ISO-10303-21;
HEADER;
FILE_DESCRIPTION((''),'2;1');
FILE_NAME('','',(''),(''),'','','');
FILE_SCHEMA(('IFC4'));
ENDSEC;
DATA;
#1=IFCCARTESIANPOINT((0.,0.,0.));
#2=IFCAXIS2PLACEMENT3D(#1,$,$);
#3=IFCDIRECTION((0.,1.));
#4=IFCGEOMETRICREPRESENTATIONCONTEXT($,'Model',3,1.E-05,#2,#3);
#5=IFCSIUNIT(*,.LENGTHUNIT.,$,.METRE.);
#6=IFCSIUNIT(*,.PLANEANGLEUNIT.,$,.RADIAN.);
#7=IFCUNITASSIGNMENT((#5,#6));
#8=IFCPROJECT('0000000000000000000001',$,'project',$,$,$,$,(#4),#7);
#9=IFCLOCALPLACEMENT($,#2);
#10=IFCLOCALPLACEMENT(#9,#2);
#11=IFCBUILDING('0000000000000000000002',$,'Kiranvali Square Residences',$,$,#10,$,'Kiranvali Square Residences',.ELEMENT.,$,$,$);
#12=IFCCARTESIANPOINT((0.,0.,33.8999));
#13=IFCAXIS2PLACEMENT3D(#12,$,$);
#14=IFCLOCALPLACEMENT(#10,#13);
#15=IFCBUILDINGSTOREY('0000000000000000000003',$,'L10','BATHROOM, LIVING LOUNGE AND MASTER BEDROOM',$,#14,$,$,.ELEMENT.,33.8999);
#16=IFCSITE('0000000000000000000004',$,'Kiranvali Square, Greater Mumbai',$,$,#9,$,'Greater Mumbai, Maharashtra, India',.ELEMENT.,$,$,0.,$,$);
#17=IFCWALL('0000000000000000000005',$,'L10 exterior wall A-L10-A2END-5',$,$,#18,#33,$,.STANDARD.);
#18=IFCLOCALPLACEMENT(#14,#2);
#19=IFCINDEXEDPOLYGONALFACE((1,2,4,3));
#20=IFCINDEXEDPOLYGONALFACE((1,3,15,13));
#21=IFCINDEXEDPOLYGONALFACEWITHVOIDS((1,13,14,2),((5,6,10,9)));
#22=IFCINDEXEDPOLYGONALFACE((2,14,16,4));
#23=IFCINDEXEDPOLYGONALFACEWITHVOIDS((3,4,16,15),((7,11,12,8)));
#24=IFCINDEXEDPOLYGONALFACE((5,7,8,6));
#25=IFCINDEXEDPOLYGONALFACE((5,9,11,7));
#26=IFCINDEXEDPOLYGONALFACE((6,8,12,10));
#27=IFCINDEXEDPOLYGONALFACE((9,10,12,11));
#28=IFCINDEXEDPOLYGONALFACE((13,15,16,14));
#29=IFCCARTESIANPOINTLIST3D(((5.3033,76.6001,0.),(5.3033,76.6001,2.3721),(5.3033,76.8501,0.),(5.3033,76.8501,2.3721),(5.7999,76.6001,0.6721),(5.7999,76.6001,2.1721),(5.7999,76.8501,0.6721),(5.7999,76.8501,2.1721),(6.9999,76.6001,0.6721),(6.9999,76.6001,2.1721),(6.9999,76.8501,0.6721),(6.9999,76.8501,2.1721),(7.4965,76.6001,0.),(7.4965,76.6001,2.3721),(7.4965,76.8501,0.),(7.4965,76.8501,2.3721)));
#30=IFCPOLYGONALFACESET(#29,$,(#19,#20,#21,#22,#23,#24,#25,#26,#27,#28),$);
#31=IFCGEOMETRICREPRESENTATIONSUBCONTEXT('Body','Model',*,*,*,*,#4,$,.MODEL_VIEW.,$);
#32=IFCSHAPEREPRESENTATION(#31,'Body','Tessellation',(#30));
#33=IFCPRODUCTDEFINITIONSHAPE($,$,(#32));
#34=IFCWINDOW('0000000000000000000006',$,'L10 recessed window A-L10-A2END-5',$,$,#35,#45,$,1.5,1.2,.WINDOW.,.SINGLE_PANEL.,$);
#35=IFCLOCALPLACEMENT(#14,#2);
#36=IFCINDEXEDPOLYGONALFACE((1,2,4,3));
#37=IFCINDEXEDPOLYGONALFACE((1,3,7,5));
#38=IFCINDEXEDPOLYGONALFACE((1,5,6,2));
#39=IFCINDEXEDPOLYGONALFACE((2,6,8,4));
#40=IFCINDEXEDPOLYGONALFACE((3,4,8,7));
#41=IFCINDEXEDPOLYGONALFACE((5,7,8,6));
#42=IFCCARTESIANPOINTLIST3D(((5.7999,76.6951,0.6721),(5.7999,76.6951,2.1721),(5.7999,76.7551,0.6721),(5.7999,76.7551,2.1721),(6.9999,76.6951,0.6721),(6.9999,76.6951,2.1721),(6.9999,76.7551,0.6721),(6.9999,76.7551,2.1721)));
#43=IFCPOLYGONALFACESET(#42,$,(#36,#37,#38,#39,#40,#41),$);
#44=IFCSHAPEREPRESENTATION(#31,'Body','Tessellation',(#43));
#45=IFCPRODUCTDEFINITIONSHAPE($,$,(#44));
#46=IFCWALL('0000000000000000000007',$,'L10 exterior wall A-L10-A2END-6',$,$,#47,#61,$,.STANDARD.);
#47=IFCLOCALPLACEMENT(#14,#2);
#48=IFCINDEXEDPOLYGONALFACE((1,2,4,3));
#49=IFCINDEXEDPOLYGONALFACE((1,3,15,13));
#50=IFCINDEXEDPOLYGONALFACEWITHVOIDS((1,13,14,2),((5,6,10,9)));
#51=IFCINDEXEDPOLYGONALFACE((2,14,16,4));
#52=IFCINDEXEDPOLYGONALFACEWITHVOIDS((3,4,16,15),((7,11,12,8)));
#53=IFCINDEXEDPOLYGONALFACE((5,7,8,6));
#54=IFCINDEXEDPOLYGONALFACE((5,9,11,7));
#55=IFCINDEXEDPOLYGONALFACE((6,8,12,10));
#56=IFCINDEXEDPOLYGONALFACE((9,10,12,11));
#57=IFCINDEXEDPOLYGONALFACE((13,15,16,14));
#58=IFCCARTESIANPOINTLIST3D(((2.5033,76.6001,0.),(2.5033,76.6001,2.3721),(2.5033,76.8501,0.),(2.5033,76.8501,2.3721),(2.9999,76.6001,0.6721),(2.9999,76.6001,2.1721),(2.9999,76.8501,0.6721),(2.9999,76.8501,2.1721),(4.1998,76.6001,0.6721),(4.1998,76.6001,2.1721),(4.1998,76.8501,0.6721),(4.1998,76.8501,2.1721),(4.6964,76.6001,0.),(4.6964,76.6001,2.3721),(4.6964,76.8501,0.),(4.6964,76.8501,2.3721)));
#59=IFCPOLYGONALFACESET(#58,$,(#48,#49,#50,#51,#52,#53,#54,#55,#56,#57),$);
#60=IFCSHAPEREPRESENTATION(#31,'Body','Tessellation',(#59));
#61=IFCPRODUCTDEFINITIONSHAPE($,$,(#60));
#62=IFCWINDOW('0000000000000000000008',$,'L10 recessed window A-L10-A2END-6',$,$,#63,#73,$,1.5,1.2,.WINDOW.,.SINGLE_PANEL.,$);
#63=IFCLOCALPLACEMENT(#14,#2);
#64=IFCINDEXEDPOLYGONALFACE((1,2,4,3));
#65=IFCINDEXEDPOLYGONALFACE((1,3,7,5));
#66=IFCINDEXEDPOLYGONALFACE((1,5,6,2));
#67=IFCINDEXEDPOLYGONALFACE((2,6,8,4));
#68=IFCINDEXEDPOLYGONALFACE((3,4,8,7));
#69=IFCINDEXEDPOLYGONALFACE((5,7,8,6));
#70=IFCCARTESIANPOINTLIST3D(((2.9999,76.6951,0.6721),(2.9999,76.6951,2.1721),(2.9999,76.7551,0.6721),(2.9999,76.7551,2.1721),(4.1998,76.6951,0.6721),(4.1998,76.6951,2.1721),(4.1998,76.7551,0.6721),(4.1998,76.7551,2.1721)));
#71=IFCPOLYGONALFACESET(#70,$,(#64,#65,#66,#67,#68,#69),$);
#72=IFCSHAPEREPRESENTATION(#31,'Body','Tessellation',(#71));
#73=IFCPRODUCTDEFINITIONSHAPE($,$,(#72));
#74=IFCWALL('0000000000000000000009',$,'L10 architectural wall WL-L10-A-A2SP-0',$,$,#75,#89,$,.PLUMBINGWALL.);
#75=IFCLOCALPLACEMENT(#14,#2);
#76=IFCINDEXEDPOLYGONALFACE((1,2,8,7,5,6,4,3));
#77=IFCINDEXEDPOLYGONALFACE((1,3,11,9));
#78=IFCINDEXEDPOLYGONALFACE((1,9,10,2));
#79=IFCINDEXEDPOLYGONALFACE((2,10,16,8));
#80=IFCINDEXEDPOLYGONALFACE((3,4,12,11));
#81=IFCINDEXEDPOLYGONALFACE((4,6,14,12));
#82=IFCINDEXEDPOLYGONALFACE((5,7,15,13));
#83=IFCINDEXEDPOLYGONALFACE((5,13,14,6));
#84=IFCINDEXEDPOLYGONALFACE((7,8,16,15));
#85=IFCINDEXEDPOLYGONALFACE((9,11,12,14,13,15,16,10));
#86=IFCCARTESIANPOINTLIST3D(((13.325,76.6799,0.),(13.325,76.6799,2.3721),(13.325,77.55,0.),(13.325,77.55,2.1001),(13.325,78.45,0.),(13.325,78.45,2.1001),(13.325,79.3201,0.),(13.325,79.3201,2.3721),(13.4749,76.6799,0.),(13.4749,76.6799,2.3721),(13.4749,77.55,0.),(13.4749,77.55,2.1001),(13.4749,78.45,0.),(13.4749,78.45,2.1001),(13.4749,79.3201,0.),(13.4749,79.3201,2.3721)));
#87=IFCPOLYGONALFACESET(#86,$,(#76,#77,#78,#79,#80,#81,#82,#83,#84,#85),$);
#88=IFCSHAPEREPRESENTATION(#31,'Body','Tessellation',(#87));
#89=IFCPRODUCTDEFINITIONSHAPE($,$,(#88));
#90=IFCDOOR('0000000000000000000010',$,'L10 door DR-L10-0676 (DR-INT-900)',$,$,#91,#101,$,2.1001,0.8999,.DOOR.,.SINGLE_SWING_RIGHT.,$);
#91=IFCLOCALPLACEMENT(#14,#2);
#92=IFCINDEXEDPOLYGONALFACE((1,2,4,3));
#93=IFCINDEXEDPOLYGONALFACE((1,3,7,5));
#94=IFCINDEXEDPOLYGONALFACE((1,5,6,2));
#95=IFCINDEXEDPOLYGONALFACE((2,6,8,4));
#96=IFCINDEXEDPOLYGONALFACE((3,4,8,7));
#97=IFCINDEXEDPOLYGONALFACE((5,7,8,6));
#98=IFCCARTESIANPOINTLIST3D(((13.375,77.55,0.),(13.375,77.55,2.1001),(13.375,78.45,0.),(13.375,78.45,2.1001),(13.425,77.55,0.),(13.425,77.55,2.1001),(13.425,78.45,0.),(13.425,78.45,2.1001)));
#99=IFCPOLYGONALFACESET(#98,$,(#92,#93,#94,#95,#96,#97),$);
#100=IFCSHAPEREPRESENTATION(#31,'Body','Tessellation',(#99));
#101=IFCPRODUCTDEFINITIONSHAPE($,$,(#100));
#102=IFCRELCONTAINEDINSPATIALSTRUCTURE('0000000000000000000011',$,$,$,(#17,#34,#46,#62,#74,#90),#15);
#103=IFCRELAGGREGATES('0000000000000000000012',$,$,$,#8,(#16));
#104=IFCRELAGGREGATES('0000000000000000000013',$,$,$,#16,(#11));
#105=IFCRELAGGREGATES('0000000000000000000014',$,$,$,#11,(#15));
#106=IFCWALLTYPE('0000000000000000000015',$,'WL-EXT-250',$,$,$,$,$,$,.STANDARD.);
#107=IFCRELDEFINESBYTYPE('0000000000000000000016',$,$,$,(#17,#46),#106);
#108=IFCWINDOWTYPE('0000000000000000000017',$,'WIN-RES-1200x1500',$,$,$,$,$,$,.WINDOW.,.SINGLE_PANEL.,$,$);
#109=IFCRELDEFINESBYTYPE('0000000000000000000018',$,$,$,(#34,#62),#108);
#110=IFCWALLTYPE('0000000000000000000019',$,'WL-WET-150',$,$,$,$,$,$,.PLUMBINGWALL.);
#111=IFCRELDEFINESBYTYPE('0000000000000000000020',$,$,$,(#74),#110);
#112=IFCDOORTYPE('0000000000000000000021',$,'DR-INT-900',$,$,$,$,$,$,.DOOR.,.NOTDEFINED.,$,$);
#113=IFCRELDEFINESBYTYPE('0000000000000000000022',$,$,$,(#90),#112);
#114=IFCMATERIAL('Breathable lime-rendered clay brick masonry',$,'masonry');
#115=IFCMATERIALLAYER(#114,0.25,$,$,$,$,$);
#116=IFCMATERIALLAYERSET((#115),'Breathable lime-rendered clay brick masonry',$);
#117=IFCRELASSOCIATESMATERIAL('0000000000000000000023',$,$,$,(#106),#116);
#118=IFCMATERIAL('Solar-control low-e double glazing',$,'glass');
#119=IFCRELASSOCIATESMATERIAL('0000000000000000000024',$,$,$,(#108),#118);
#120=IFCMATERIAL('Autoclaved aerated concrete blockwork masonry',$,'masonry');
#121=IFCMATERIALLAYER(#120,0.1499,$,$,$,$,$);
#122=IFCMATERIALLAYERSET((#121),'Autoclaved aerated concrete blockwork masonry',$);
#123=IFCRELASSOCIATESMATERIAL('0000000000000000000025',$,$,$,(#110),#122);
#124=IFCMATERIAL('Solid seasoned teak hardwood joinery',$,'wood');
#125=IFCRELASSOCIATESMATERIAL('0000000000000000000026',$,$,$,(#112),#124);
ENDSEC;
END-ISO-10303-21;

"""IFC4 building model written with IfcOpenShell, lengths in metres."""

from ifc_helpers import new_model, si_unit, direction, frame, frame_2d, origin, place, context, subcontext, project, spatial, rectangle, extrude, material, layer, layer_set, type_object, element, fill, save


model = new_model("IFC4")

# Units and contexts
model_context = context("Model", 3, precision=1e-05, world=origin(), true_north=direction((0.0, 1.0)))
body_context = subcontext(model_context, "Body", "Model", "MODEL_VIEW")
ifc_project = project(units=[si_unit("LENGTHUNIT", "METRE"), si_unit("PLANEANGLEUNIT", "RADIAN")], contexts=[model_context])

# Site, building, storey
site_placement = place(None, origin())
site = spatial("IfcSite", under=ifc_project, at=site_placement, Name="Kiranvali Square, Greater Mumbai", LongName="Greater Mumbai, Maharashtra, India", CompositionType="ELEMENT", RefElevation=0.0)
building_placement = place(site_placement, origin())
building = spatial("IfcBuilding", under=site, at=building_placement, Name="Kiranvali Square Residences", LongName="Kiranvali Square Residences", CompositionType="ELEMENT")
storey_placement = place(building_placement, frame((0.0, 0.0, 33.8999)))
storey = spatial("IfcBuildingStorey", under=building, at=storey_placement, Name="L10", Description="BATHROOM, LIVING LOUNGE AND MASTER BEDROOM", CompositionType="ELEMENT", Elevation=33.8999)

# Walls, openings, windows
ifc_material_1 = material(Name="Breathable lime-rendered clay brick masonry", Category="masonry")
ifc_layer_1 = layer(ifc_material_1, 0.25)
ifc_layer_set_1 = layer_set([ifc_layer_1], Name="Breathable lime-rendered clay brick masonry")
wall_type_1 = type_object("IfcWallType", Name="WL-EXT-250", PredefinedType="STANDARD", material=ifc_layer_set_1)
ifc_material_2 = material(Name="Solar-control low-e double glazing", Category="glass")
window_type_1 = type_object("IfcWindowType", Name="WIN-RES-1200x1500", PartitioningType="SINGLE_PANEL", PredefinedType="WINDOW", material=ifc_material_2)
wall_1_placement = place(storey_placement, frame((7.4966, 76.7251, 0.0), z_axis=(0.0, 0.0, 1.0), x_axis=(-1.0, 0.0, 0.0)))
wall_1 = element("IfcWall", 1, at=wall_1_placement, inside=storey, type_object=wall_type_1, Name="L10 exterior wall A-L10-A2END-5", PredefinedType="STANDARD", context=body_context, shape_type="SweptSolid", body=[
    extrude(rectangle(XDim=2.1931, YDim=0.25, at=frame_2d((1.0967, 0.0))), origin(), (0.0, 0.0, 1.0), 2.3721),
])
opening_1_placement = place(wall_1_placement, frame((0.4966, 0.0, 0.6721)))
opening_1 = element("IfcOpeningElement", 2, at=opening_1_placement, cuts=wall_1, PredefinedType="OPENING", context=body_context, shape_type="SweptSolid", body=[
    extrude(rectangle(XDim=1.2, YDim=1.5, at=frame_2d((0.6001, 0.75))), frame((0.0, 0.135, 0.0), z_axis=(0.0, -1.0, 0.0), x_axis=(1.0, 0.0, 0.0)), (0.0, 0.0, 1.0), 0.27),
])
window_1_placement = place(opening_1_placement, origin())
window_1 = element("IfcWindow", 3, at=window_1_placement, inside=storey, type_object=window_type_1, Name="L10 recessed window A-L10-A2END-5", OverallHeight=1.5, OverallWidth=1.2, PartitioningType="SINGLE_PANEL", PredefinedType="WINDOW", context=body_context, shape_type="SweptSolid", body=[
    extrude(rectangle(XDim=1.2, YDim=1.5, at=frame_2d((0.6001, 0.75))), frame((0.0, 0.03, 0.0), z_axis=(0.0, -1.0, 0.0), x_axis=(1.0, 0.0, 0.0)), (0.0, 0.0, 1.0), 0.0601),
])
fill(opening_1, window_1)
wall_2_placement = place(storey_placement, frame((4.6965, 76.7251, 0.0), z_axis=(0.0, 0.0, 1.0), x_axis=(-1.0, 0.0, 0.0)))
wall_2 = element("IfcWall", 4, at=wall_2_placement, inside=storey, type_object=wall_type_1, Name="L10 exterior wall A-L10-A2END-6", PredefinedType="STANDARD", context=body_context, shape_type="SweptSolid", body=[
    extrude(rectangle(XDim=2.1931, YDim=0.25, at=frame_2d((1.0967, 0.0))), origin(), (0.0, 0.0, 1.0), 2.3721),
])
opening_2_placement = place(wall_2_placement, frame((0.4966, 0.0, 0.6721)))
opening_2 = element("IfcOpeningElement", 5, at=opening_2_placement, cuts=wall_2, PredefinedType="OPENING", context=body_context, shape_type="SweptSolid", body=[
    extrude(rectangle(XDim=1.2, YDim=1.5, at=frame_2d((0.6001, 0.75))), frame((0.0, 0.135, 0.0), z_axis=(0.0, -1.0, 0.0), x_axis=(1.0, 0.0, 0.0)), (0.0, 0.0, 1.0), 0.27),
])
window_2_placement = place(opening_2_placement, origin())
window_2 = element("IfcWindow", 6, at=window_2_placement, inside=storey, type_object=window_type_1, Name="L10 recessed window A-L10-A2END-6", OverallHeight=1.5, OverallWidth=1.2, PartitioningType="SINGLE_PANEL", PredefinedType="WINDOW", context=body_context, shape_type="SweptSolid", body=[
    extrude(rectangle(XDim=1.2, YDim=1.5, at=frame_2d((0.6001, 0.75))), frame((0.0, 0.03, 0.0), z_axis=(0.0, -1.0, 0.0), x_axis=(1.0, 0.0, 0.0)), (0.0, 0.0, 1.0), 0.0601),
])
fill(opening_2, window_2)

# Wall, opening, door
ifc_material_3 = material(Name="Autoclaved aerated concrete blockwork masonry", Category="masonry")
ifc_layer_2 = layer(ifc_material_3, 0.1499)
ifc_layer_set_2 = layer_set([ifc_layer_2], Name="Autoclaved aerated concrete blockwork masonry")
wall_type_2 = type_object("IfcWallType", Name="WL-WET-150", PredefinedType="PLUMBINGWALL", material=ifc_layer_set_2)
wall_3_placement = place(storey_placement, frame((13.3999, 79.3201, 0.0), z_axis=(0.0, 0.0, 1.0), x_axis=(0.0, -1.0, 0.0)))
wall_3 = element("IfcWall", 7, at=wall_3_placement, inside=storey, type_object=wall_type_2, Name="L10 architectural wall WL-L10-A-A2SP-0", PredefinedType="PLUMBINGWALL", context=body_context, shape_type="SweptSolid", body=[
    extrude(rectangle(XDim=2.6401, YDim=0.1499, at=frame_2d((1.3201, 0.0))), origin(), (0.0, 0.0, 1.0), 2.3721),
])
opening_3_placement = place(wall_3_placement, frame((0.8701, 0.0, 0.0)))
opening_3 = element("IfcOpeningElement", 8, at=opening_3_placement, cuts=wall_3, PredefinedType="OPENING", context=body_context, shape_type="SweptSolid", body=[
    extrude(rectangle(XDim=0.8999, YDim=2.1001, at=frame_2d((0.45, 1.05))), frame((0.0, 0.085, 0.0), z_axis=(0.0, -1.0, 0.0), x_axis=(1.0, 0.0, 0.0)), (0.0, 0.0, 1.0), 0.1699),
])
ifc_material_4 = material(Name="Solid seasoned teak hardwood joinery", Category="wood")
door_type = type_object("IfcDoorType", Name="DR-INT-900", OperationType="NOTDEFINED", PredefinedType="DOOR", material=ifc_material_4)
door_placement = place(opening_3_placement, frame((0.8999, 0.0, 0.0), z_axis=(0.0, 0.0, 1.0), x_axis=(-1.0, 0.0, 0.0)))
door = element("IfcDoor", 9, at=door_placement, inside=storey, type_object=door_type, Name="L10 door DR-L10-0676 (DR-INT-900)", OperationType="SINGLE_SWING_RIGHT", OverallHeight=2.1001, OverallWidth=0.8999, PredefinedType="DOOR", context=body_context, shape_type="SweptSolid", body=[
    extrude(rectangle(XDim=0.8999, YDim=2.1001, at=frame_2d((0.45, 1.05))), frame((0.0, 0.0249, 0.0), z_axis=(0.0, -1.0, 0.0), x_axis=(1.0, 0.0, 0.0)), (0.0, 0.0, 1.0), 0.05),
])
fill(opening_3, door)

save(model, "model.ifc")
